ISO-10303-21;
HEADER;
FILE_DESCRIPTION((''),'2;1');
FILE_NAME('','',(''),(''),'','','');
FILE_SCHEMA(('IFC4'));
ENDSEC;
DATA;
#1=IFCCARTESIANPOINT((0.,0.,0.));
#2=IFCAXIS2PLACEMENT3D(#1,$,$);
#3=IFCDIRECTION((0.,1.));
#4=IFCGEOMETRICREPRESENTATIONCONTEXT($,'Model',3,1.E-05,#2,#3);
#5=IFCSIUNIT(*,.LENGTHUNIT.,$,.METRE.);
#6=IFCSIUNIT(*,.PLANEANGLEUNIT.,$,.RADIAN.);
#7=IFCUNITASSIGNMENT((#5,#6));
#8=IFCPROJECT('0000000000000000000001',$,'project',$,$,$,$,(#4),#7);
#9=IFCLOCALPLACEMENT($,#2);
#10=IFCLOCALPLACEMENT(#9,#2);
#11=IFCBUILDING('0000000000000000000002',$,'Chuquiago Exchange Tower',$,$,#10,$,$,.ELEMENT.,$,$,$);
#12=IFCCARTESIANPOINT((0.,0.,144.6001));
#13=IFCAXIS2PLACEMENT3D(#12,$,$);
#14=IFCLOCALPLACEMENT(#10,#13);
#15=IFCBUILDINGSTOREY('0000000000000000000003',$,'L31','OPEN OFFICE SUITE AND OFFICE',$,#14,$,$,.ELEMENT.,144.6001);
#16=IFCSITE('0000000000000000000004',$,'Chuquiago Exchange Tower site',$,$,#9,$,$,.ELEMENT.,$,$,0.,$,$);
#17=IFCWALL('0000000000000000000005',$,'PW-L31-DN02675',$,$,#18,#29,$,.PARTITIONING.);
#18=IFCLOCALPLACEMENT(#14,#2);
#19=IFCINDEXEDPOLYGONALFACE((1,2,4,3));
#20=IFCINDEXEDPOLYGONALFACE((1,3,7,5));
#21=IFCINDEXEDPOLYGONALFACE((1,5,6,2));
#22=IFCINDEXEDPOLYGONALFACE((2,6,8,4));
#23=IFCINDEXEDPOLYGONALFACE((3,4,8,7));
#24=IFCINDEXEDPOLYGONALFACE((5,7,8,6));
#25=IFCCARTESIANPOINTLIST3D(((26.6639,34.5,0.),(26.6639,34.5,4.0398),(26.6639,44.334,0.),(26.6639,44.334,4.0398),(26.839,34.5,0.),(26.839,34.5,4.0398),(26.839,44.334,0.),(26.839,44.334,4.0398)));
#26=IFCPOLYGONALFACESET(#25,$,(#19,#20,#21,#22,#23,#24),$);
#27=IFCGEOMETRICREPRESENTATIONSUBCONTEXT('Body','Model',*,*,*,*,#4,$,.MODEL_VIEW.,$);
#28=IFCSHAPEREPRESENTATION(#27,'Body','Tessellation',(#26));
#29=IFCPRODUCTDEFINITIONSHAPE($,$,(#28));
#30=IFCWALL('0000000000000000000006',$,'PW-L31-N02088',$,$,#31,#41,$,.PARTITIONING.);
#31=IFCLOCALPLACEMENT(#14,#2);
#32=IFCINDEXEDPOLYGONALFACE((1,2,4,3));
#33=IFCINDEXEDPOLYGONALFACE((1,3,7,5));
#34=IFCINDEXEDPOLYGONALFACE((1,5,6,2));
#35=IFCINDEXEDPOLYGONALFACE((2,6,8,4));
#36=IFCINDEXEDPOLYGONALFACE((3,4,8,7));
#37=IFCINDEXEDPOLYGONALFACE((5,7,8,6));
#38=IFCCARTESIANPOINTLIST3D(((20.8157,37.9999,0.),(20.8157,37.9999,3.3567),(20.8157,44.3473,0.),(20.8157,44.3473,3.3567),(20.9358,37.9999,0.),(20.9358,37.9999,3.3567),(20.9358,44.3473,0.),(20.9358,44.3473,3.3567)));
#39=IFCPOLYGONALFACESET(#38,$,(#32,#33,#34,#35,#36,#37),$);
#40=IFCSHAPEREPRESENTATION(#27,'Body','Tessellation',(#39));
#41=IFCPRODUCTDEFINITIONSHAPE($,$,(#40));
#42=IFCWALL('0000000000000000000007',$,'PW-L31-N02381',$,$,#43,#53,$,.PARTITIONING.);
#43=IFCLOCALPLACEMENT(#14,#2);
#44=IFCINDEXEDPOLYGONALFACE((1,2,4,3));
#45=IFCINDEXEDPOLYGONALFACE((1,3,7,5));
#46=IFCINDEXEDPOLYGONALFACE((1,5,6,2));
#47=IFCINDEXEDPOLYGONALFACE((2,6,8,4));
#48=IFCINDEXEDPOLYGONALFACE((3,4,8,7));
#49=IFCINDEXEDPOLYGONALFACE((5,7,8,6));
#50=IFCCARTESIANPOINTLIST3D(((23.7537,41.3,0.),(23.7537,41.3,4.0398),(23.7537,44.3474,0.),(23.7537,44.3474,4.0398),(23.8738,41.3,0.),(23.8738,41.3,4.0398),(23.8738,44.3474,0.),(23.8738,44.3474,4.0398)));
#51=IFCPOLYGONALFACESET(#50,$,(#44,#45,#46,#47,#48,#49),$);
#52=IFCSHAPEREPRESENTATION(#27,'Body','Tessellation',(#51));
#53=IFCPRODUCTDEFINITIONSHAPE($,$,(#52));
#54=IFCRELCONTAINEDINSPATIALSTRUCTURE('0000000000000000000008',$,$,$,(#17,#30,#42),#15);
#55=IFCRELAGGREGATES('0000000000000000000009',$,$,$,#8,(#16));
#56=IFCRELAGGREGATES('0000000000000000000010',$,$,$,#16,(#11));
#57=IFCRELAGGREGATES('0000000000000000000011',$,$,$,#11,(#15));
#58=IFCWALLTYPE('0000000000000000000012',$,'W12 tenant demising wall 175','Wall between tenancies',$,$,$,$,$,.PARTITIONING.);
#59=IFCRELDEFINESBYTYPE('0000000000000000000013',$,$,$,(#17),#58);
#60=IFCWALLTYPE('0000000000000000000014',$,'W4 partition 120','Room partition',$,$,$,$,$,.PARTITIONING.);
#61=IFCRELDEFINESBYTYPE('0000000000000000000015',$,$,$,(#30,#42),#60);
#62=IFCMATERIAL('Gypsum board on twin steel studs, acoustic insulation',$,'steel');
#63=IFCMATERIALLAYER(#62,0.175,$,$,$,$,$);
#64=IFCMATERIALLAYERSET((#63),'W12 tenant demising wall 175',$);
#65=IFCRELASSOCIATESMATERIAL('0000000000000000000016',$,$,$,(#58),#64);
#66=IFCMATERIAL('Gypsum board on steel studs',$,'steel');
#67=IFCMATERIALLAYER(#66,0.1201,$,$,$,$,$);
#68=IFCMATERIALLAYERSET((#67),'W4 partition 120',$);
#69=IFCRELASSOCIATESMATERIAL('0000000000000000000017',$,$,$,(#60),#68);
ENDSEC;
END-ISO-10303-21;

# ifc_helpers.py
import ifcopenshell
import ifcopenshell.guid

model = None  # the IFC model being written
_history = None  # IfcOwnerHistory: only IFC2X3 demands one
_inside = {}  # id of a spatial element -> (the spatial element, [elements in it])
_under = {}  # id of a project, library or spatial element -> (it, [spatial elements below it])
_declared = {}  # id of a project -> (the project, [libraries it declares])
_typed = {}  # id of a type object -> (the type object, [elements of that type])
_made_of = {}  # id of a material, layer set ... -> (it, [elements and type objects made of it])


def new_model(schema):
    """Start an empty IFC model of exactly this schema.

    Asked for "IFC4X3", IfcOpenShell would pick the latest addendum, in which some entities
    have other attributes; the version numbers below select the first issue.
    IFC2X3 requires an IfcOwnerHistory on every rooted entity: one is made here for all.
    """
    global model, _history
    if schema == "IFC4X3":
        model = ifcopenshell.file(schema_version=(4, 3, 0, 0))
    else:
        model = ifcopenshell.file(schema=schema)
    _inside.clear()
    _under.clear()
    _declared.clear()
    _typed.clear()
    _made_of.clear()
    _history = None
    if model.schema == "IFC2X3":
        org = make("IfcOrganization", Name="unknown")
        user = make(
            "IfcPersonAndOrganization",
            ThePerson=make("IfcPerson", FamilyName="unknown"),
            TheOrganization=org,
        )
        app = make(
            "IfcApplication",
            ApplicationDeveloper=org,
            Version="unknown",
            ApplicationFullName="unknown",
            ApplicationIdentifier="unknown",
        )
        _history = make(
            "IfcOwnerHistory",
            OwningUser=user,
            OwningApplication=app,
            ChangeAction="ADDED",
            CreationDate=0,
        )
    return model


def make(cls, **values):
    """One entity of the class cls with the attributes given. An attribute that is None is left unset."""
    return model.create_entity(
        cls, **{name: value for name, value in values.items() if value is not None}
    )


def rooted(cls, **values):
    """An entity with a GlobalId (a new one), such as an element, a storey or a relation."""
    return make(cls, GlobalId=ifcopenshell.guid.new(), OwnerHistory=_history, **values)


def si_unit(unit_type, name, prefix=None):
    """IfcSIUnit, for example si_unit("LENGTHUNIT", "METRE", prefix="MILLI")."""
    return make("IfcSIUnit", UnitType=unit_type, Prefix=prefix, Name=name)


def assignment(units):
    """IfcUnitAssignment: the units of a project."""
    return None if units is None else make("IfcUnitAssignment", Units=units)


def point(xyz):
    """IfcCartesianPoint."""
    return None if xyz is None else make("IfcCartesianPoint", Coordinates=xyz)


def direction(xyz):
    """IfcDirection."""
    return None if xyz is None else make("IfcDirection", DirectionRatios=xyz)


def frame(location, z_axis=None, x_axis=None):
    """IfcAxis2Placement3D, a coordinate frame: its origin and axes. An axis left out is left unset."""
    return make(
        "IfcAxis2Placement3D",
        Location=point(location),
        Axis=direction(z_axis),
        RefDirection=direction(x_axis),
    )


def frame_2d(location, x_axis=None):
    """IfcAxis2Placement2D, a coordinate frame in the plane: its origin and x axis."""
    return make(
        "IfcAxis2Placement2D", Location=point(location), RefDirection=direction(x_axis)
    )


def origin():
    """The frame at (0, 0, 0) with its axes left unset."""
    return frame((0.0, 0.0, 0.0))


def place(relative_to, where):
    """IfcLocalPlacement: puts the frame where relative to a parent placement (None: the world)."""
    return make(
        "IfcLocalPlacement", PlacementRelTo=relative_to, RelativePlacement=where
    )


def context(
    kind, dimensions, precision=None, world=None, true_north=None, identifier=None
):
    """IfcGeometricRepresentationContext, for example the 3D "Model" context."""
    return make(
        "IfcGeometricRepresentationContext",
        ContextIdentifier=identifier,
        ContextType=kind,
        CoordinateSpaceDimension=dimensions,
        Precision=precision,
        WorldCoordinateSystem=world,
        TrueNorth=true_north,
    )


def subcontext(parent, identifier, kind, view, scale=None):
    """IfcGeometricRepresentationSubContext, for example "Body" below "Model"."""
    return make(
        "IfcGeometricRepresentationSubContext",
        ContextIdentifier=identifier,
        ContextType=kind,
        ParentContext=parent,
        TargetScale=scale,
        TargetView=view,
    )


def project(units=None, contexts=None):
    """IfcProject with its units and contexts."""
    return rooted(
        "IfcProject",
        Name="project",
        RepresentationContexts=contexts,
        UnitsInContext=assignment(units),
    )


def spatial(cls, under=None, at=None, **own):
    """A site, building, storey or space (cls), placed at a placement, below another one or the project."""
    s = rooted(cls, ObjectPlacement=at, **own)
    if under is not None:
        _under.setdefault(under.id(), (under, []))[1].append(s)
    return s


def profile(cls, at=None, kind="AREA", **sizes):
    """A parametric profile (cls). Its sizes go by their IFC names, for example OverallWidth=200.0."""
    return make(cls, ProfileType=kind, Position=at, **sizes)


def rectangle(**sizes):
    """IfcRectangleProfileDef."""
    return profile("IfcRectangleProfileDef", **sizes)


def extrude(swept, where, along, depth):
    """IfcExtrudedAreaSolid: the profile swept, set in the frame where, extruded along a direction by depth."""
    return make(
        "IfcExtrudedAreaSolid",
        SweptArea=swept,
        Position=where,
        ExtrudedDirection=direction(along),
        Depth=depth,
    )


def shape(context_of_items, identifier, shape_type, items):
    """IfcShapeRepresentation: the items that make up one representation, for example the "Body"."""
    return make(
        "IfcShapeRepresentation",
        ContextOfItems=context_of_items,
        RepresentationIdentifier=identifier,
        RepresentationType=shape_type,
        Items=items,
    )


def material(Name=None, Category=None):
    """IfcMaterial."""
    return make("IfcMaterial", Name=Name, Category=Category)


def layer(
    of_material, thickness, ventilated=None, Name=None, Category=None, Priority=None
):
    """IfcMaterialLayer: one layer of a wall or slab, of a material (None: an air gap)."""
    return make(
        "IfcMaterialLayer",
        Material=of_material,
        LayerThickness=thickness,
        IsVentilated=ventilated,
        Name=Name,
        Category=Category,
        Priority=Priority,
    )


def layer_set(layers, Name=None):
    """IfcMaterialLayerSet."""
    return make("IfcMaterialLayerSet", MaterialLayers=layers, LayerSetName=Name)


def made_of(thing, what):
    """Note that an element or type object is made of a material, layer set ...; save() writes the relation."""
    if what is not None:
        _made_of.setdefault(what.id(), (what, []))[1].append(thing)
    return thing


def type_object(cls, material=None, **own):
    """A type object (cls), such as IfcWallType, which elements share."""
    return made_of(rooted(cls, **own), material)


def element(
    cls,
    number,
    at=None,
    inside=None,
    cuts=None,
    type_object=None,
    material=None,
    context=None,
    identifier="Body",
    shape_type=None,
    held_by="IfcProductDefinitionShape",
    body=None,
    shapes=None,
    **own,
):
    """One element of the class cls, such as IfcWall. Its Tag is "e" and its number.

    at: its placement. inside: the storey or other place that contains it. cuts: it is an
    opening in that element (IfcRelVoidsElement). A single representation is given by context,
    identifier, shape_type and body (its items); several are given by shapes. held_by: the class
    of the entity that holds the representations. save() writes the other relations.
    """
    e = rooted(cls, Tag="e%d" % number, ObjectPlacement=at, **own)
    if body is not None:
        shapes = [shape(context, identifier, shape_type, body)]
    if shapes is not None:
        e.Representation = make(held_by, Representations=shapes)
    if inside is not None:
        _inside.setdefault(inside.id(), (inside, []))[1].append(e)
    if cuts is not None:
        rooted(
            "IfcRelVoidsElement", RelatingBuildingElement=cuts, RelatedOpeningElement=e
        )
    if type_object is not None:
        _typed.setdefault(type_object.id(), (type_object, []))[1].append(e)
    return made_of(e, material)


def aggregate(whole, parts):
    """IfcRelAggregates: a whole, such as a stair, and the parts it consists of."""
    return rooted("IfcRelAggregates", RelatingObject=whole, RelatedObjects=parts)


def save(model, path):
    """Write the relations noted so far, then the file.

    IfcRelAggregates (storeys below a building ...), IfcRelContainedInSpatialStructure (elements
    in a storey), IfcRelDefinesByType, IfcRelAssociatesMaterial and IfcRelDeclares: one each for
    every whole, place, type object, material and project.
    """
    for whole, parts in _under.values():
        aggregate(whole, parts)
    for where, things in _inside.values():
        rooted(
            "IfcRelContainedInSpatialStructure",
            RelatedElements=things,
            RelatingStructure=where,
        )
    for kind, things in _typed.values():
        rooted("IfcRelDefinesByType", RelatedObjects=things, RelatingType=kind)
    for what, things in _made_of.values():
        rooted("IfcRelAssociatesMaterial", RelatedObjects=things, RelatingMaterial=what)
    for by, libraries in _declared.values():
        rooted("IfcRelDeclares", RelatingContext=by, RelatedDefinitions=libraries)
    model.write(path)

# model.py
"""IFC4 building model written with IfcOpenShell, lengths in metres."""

from ifc_helpers import new_model, si_unit, direction, frame, frame_2d, origin, place, context, subcontext, project, spatial, rectangle, extrude, material, layer, layer_set, type_object, element, save


model = new_model("IFC4")

# Units and contexts
model_context = context("Model", 3, precision=1e-05, world=origin(), true_north=direction((0.0, 1.0)))
body_context = subcontext(model_context, "Body", "Model", "MODEL_VIEW")
ifc_project = project(units=[si_unit("LENGTHUNIT", "METRE"), si_unit("PLANEANGLEUNIT", "RADIAN")], contexts=[model_context])

# Site, building, storey
site_placement = place(None, origin())
site = spatial("IfcSite", under=ifc_project, at=site_placement, Name="Chuquiago Exchange Tower site", CompositionType="ELEMENT", RefElevation=0.0)
building_placement = place(site_placement, origin())
building = spatial("IfcBuilding", under=site, at=building_placement, Name="Chuquiago Exchange Tower", CompositionType="ELEMENT")
storey_placement = place(building_placement, frame((0.0, 0.0, 144.6001)))
storey = spatial("IfcBuildingStorey", under=building, at=storey_placement, Name="L31", Description="OPEN OFFICE SUITE AND OFFICE", CompositionType="ELEMENT", Elevation=144.6001)

# Walls
ifc_material_1 = material(Name="Gypsum board on twin steel studs, acoustic insulation", Category="steel")
ifc_layer_1 = layer(ifc_material_1, 0.175)
ifc_layer_set_1 = layer_set([ifc_layer_1], Name="W12 tenant demising wall 175")
wall_type_1 = type_object("IfcWallType", Name="W12 tenant demising wall 175", Description="Wall between tenancies", PredefinedType="PARTITIONING", material=ifc_layer_set_1)
wall_1_placement = place(storey_placement, frame((26.7515, 44.334, 0.0), z_axis=(0.0, 0.0, 1.0), x_axis=(0.0, -1.0, 0.0)))
element("IfcWall", 1, at=wall_1_placement, inside=storey, type_object=wall_type_1, Name="PW-L31-DN02675", PredefinedType="PARTITIONING", context=body_context, shape_type="SweptSolid", body=[
    extrude(rectangle(XDim=9.834, YDim=0.175, at=frame_2d((4.917, 0.0))), origin(), (0.0, 0.0, 1.0), 4.0398),
])
ifc_material_2 = material(Name="Gypsum board on steel studs", Category="steel")
ifc_layer_2 = layer(ifc_material_2, 0.1201)
ifc_layer_set_2 = layer_set([ifc_layer_2], Name="W4 partition 120")
wall_type_2 = type_object("IfcWallType", Name="W4 partition 120", Description="Room partition", PredefinedType="PARTITIONING", material=ifc_layer_set_2)
wall_2_placement = place(storey_placement, frame((20.8757, 44.3474, 0.0), z_axis=(0.0, 0.0, 1.0), x_axis=(0.0, -1.0, 0.0)))
element("IfcWall", 2, at=wall_2_placement, inside=storey, type_object=wall_type_2, Name="PW-L31-N02088", PredefinedType="PARTITIONING", context=body_context, shape_type="SweptSolid", body=[
    extrude(rectangle(XDim=6.3474, YDim=0.1201, at=frame_2d((3.1738, 0.0))), origin(), (0.0, 0.0, 1.0), 3.3567),
])
wall_3_placement = place(storey_placement, frame((23.8137, 44.3474, 0.0), z_axis=(0.0, 0.0, 1.0), x_axis=(0.0, -1.0, 0.0)))
element("IfcWall", 3, at=wall_3_placement, inside=storey, type_object=wall_type_2, Name="PW-L31-N02381", PredefinedType="PARTITIONING", context=body_context, shape_type="SweptSolid", body=[
    extrude(rectangle(XDim=3.0474, YDim=0.1201, at=frame_2d((1.5237, 0.0))), origin(), (0.0, 0.0, 1.0), 4.0398),
])

save(model, "model.ifc")
